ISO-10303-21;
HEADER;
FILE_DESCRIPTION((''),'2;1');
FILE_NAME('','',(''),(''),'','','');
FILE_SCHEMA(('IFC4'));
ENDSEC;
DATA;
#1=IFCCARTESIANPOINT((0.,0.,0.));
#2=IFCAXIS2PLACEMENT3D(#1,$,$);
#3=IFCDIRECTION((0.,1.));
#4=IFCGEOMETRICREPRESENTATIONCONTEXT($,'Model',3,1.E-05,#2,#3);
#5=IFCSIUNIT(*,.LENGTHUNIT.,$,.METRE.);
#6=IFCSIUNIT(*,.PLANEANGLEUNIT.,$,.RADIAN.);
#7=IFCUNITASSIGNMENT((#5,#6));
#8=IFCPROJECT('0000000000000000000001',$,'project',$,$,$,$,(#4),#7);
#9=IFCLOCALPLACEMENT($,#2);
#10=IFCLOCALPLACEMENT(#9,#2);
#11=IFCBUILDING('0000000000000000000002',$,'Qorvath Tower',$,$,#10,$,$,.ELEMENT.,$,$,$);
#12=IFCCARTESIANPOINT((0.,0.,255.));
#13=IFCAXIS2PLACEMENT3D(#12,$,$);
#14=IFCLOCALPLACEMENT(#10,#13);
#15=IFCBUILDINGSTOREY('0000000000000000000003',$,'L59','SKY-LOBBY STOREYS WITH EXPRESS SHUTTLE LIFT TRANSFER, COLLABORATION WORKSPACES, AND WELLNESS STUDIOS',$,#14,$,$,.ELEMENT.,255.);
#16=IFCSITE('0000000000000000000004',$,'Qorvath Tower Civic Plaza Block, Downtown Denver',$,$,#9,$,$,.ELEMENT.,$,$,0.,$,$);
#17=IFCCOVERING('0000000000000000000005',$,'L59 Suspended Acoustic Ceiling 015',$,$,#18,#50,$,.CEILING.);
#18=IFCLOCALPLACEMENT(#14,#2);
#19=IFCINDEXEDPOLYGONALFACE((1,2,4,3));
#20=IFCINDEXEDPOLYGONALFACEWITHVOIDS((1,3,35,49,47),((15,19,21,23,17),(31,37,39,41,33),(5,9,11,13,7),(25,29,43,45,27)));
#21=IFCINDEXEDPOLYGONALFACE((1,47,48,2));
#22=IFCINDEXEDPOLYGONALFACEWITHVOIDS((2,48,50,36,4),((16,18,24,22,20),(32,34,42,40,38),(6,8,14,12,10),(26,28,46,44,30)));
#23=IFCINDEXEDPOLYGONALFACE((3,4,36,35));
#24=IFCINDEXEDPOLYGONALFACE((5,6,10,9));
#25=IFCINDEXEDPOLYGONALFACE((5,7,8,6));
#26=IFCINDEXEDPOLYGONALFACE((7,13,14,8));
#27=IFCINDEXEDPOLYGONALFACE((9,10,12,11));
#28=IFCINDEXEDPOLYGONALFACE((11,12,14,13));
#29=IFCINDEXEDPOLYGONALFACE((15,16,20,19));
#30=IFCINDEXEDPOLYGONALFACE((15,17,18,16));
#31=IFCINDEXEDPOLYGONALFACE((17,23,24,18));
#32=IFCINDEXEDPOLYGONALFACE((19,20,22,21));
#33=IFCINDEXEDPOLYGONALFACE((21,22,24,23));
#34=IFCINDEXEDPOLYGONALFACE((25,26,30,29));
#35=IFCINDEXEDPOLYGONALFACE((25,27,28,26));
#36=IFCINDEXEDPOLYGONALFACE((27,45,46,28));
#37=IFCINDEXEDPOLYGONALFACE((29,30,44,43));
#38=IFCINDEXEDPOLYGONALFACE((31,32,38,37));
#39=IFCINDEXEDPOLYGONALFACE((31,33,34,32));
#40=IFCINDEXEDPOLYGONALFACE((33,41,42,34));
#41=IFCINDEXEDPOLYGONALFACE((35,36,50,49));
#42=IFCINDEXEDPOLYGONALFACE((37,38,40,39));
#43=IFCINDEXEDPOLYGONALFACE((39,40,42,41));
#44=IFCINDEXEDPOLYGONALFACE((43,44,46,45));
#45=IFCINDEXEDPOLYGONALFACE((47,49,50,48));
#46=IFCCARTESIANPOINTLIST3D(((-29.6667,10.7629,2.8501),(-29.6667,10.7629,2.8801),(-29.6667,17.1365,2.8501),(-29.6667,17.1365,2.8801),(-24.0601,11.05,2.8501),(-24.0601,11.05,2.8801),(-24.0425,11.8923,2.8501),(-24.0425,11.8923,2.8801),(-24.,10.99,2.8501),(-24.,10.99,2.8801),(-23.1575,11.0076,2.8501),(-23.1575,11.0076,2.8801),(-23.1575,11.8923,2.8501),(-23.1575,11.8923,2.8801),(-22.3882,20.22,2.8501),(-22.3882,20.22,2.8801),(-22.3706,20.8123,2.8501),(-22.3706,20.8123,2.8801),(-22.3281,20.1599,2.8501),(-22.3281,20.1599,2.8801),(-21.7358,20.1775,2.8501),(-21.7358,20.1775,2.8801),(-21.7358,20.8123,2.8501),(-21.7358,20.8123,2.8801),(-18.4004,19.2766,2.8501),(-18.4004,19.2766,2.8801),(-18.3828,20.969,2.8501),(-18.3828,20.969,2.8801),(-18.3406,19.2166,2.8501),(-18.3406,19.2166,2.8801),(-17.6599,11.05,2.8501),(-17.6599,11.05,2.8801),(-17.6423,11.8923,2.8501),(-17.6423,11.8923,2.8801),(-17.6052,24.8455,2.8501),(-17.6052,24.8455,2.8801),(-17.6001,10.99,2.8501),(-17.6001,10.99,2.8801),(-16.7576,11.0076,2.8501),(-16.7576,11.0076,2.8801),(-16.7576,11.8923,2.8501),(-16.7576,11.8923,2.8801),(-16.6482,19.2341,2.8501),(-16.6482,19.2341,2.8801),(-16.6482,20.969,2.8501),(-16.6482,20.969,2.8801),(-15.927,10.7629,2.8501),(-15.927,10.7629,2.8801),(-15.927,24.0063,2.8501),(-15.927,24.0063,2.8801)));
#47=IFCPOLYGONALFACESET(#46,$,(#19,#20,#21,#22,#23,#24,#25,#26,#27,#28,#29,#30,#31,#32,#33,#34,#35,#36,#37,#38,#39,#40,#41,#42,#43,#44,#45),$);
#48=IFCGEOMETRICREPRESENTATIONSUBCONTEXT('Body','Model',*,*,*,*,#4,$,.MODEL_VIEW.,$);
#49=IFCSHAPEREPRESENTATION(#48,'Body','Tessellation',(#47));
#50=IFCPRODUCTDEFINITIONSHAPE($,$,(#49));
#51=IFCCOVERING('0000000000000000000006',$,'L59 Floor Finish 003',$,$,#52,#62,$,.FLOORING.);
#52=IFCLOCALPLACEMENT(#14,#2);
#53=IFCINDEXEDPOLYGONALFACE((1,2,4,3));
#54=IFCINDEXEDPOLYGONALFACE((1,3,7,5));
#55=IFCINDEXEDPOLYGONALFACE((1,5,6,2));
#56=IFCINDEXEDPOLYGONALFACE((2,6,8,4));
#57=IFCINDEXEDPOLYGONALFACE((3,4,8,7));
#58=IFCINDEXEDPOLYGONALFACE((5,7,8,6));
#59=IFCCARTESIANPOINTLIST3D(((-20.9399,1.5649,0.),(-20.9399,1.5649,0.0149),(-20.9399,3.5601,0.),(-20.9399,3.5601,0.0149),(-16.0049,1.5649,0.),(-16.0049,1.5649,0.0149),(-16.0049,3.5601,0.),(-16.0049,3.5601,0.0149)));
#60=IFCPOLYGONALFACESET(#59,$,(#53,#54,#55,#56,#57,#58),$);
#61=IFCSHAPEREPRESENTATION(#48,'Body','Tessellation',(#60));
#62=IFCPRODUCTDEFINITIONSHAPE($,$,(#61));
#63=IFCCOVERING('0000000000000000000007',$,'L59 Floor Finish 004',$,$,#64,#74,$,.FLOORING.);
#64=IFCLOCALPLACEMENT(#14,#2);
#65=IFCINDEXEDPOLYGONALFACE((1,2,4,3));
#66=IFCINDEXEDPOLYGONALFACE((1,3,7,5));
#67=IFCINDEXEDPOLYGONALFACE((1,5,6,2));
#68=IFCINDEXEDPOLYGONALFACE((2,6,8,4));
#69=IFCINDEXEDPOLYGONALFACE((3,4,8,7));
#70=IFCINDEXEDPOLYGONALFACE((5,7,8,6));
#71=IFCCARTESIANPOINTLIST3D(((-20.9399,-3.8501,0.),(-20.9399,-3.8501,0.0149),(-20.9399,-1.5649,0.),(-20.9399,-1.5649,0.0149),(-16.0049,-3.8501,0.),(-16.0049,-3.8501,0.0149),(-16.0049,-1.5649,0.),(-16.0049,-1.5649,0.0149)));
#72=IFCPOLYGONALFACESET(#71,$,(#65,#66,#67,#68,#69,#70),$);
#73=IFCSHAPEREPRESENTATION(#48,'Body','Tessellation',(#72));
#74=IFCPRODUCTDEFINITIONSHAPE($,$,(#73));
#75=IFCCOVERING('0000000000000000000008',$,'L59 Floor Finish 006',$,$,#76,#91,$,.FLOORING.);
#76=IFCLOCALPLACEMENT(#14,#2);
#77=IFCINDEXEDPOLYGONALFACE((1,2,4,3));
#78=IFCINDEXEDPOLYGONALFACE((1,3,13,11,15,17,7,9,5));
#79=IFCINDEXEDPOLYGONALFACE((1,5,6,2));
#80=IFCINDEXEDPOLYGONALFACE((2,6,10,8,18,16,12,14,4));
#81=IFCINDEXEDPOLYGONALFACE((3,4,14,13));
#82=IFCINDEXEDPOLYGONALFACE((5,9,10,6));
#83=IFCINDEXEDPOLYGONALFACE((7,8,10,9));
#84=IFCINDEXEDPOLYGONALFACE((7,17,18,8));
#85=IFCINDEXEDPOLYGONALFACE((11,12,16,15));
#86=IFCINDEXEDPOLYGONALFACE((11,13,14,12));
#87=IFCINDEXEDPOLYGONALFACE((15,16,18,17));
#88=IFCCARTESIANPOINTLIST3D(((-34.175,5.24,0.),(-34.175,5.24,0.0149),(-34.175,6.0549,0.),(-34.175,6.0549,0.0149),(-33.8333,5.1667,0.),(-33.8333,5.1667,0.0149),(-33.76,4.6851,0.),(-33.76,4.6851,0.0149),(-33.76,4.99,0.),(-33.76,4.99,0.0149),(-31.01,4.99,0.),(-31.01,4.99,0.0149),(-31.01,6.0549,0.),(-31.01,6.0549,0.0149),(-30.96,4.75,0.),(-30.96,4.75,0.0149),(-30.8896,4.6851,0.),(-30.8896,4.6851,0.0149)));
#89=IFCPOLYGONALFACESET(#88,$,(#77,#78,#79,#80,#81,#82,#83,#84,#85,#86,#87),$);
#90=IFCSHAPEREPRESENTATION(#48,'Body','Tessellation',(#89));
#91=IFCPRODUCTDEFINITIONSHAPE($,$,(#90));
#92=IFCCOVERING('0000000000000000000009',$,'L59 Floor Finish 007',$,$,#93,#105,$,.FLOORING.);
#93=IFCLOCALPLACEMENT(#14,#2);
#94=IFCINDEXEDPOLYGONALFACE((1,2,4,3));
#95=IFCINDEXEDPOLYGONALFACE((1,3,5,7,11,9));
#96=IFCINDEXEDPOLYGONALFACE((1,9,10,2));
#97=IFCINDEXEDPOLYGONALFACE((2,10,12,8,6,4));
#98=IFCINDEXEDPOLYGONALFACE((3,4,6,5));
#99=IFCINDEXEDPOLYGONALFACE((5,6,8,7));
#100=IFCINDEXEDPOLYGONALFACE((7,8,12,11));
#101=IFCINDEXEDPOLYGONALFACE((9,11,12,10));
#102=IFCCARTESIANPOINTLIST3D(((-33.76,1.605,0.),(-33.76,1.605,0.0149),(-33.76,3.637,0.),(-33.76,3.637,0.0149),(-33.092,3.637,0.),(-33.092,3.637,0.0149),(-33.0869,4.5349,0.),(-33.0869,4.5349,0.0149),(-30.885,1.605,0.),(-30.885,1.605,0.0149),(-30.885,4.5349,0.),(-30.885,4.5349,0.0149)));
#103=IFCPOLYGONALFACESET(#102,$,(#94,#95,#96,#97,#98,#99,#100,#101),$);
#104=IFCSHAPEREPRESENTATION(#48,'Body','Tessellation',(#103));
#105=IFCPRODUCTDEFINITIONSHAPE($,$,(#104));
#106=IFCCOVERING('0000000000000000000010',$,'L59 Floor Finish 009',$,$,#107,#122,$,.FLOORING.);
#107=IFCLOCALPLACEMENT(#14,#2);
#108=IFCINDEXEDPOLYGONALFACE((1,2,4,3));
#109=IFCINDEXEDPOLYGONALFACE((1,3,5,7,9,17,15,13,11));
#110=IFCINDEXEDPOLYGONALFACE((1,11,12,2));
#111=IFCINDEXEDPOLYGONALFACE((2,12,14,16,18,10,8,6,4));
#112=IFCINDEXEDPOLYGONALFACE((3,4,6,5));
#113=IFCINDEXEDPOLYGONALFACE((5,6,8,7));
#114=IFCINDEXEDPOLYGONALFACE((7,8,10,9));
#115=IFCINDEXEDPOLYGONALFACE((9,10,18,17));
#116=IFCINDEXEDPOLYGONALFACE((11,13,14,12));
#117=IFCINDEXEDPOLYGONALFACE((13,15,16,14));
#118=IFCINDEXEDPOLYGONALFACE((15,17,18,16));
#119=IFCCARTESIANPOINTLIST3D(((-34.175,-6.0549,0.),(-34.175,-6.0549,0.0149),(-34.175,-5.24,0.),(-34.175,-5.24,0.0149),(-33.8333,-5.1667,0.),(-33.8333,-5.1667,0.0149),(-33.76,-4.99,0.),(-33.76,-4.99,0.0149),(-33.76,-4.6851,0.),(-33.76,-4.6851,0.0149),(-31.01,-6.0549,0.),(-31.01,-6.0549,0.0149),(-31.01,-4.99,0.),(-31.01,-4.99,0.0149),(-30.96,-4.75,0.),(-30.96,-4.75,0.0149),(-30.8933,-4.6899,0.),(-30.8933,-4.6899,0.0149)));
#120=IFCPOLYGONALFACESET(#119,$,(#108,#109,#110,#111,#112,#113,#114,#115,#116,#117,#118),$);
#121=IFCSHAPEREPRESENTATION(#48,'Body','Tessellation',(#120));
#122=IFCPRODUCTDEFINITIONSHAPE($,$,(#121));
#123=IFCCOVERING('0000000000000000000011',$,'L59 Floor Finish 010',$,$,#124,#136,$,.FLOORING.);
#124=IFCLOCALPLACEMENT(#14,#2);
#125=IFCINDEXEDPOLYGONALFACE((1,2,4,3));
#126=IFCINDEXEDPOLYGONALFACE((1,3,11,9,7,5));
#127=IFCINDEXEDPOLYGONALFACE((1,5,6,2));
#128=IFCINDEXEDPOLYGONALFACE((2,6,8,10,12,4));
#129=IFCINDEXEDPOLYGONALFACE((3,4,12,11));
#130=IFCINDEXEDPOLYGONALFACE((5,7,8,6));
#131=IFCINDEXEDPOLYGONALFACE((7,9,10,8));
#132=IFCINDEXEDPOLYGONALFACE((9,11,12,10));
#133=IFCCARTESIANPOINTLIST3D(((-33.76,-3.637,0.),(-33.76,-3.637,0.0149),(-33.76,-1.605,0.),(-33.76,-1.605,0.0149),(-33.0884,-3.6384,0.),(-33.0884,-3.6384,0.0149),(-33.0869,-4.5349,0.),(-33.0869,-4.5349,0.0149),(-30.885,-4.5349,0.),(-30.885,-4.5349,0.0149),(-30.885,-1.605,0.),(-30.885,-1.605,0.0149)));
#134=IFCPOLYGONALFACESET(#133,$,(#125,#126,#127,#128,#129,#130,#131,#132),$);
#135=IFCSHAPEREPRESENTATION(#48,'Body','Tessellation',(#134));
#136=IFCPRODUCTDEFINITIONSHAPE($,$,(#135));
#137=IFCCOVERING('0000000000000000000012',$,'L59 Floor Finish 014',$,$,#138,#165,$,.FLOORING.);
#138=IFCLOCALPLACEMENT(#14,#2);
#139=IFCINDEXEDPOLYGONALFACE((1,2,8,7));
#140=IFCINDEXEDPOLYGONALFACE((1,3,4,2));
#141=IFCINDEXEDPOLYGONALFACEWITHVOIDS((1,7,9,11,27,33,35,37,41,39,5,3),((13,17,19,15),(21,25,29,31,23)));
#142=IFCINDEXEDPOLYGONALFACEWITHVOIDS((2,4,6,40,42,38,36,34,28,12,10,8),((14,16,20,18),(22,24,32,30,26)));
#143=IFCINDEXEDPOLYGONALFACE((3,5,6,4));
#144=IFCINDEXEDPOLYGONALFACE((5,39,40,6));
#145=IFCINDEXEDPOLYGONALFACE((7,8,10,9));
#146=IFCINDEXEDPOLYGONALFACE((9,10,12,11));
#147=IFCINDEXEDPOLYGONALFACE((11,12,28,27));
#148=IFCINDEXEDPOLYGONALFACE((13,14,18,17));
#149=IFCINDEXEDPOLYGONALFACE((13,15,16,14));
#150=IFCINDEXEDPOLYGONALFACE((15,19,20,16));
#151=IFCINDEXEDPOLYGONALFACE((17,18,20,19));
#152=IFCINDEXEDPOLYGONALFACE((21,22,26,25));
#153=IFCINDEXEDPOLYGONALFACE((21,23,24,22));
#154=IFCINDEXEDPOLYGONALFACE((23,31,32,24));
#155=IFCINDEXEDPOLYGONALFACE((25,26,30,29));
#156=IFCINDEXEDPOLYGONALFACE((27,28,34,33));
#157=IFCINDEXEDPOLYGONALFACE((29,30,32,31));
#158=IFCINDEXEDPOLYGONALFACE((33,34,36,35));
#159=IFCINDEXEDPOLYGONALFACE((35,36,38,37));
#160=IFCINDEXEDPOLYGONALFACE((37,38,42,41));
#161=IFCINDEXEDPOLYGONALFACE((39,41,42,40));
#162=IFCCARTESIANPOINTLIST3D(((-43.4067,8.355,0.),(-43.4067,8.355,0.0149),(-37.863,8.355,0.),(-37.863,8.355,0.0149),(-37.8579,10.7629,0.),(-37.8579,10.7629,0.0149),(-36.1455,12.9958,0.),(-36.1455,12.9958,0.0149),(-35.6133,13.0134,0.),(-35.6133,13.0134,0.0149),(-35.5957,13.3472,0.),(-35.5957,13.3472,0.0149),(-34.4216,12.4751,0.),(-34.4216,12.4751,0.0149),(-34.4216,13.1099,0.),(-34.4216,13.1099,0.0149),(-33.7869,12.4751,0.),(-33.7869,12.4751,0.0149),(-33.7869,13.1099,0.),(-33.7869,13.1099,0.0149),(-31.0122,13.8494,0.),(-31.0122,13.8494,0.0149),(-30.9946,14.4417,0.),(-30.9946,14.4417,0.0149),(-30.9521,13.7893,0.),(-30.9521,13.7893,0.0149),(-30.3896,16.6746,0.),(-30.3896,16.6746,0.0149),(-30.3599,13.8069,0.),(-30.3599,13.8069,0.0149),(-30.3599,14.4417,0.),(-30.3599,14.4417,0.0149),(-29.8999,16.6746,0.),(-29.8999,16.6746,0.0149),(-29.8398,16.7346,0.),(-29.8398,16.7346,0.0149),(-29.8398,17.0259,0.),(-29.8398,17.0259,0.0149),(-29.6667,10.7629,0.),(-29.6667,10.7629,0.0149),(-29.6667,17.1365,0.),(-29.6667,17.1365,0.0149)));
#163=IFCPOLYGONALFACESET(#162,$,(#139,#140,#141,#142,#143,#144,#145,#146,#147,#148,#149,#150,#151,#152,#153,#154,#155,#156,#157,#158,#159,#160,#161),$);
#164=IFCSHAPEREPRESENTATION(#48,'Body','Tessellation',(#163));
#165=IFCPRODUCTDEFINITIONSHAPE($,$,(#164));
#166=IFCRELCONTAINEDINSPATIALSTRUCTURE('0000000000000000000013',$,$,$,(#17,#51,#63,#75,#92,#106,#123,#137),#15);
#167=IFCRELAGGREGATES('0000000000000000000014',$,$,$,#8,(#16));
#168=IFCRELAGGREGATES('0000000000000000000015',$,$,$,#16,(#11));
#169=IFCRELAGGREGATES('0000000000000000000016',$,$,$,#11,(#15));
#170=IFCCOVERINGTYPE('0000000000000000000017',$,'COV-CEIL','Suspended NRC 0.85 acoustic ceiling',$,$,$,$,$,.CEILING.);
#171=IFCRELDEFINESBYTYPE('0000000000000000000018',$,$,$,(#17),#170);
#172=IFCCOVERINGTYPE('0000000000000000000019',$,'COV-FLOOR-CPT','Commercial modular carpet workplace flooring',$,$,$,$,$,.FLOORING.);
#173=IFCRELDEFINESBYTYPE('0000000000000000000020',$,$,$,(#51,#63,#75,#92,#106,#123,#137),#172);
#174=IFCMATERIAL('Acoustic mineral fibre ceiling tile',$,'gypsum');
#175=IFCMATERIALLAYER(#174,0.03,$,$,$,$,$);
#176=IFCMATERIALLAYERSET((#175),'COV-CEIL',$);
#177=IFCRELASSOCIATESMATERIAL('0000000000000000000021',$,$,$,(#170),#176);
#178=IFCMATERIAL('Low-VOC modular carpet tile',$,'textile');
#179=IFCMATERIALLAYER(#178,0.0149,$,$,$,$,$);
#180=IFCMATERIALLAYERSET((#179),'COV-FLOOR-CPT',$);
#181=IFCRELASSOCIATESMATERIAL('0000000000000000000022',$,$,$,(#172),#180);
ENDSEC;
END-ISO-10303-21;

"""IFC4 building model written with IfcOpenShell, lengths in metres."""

from ifc_helpers import new_model, si_unit, direction, frame, origin, place, context, subcontext, project, spatial, polyline, outline, extrude, material, layer, layer_set, type_object, element, save


model = new_model("IFC4")

# Units and contexts
model_context = context("Model", 3, precision=1e-05, world=origin(), true_north=direction((0.0, 1.0)))
body_context = subcontext(model_context, "Body", "Model", "MODEL_VIEW")
ifc_project = project(units=[si_unit("LENGTHUNIT", "METRE"), si_unit("PLANEANGLEUNIT", "RADIAN")], contexts=[model_context])

# Site, building, storey
site_placement = place(None, origin())
site = spatial("IfcSite", under=ifc_project, at=site_placement, Name="Qorvath Tower Civic Plaza Block, Downtown Denver", CompositionType="ELEMENT", RefElevation=0.0)
building_placement = place(site_placement, origin())
building = spatial("IfcBuilding", under=site, at=building_placement, Name="Qorvath Tower", CompositionType="ELEMENT")
storey_placement = place(building_placement, frame((0.0, 0.0, 255.0)))
storey = spatial("IfcBuildingStorey", under=building, at=storey_placement, Name="L59", Description="SKY-LOBBY STOREYS WITH EXPRESS SHUTTLE LIFT TRANSFER, COLLABORATION WORKSPACES, AND WELLNESS STUDIOS", CompositionType="ELEMENT", Elevation=255.0)

# Coverings
ifc_material_1 = material(Name="Acoustic mineral fibre ceiling tile", Category="gypsum")
ifc_layer_1 = layer(ifc_material_1, 0.03)
ifc_layer_set_1 = layer_set([ifc_layer_1], Name="COV-CEIL")
covering_type_1 = type_object("IfcCoveringType", Name="COV-CEIL", Description="Suspended NRC 0.85 acoustic ceiling", PredefinedType="CEILING", material=ifc_layer_set_1)
covering_1_placement = place(storey_placement, frame((0.0, 0.0, 2.8501)))
element("IfcCovering", 1, at=covering_1_placement, inside=storey, type_object=covering_type_1, Name="L59 Suspended Acoustic Ceiling 015", PredefinedType="CEILING", context=body_context, shape_type="SweptSolid", body=[
    extrude(outline(polyline([(-29.6667, 17.1365), (-29.6667, 10.7629), (-15.927, 10.7629), (-15.927, 24.0063), (-17.6052, 24.8455), (-29.6667, 17.1365)]), holes=[polyline([(-18.4004, 19.2766), (-18.3828, 20.969), (-16.6482, 20.969), (-16.6482, 19.2341), (-18.3406, 19.2166), (-18.4004, 19.2766)]), polyline([(-17.6599, 11.05), (-17.6423, 11.8923), (-16.7576, 11.8923), (-16.7576, 11.0076), (-17.6001, 10.99), (-17.6599, 11.05)]), polyline([(-22.3882, 20.22), (-22.3706, 20.8123), (-21.7358, 20.8123), (-21.7358, 20.1775), (-22.3281, 20.1599), (-22.3882, 20.22)]), polyline([(-24.0601, 11.05), (-24.0425, 11.8923), (-23.1575, 11.8923), (-23.1575, 11.0076), (-24.0, 10.99), (-24.0601, 11.05)])]), origin(), (0.0, 0.0, 1.0), 0.03),
])
ifc_material_2 = material(Name="Low-VOC modular carpet tile", Category="textile")
ifc_layer_2 = layer(ifc_material_2, 0.0149)
ifc_layer_set_2 = layer_set([ifc_layer_2], Name="COV-FLOOR-CPT")
covering_type_2 = type_object("IfcCoveringType", Name="COV-FLOOR-CPT", Description="Commercial modular carpet workplace flooring", PredefinedType="FLOORING", material=ifc_layer_set_2)
covering_2_placement = place(storey_placement, origin())
element("IfcCovering", 2, at=covering_2_placement, inside=storey, type_object=covering_type_2, Name="L59 Floor Finish 003", PredefinedType="FLOORING", context=body_context, shape_type="SweptSolid", body=[
    extrude(outline(polyline([(-16.0049, 3.5601), (-20.9399, 3.5601), (-20.9399, 1.5649), (-16.0049, 1.5649), (-16.0049, 3.5601)])), origin(), (0.0, 0.0, 1.0), 0.0149),
])
covering_3_placement = place(storey_placement, origin())
element("IfcCovering", 3, at=covering_3_placement, inside=storey, type_object=covering_type_2, Name="L59 Floor Finish 004", PredefinedType="FLOORING", context=body_context, shape_type="SweptSolid", body=[
    extrude(outline(polyline([(-20.9399, -1.5649), (-20.9399, -3.8501), (-16.0049, -3.8501), (-16.0049, -1.5649), (-20.9399, -1.5649)])), origin(), (0.0, 0.0, 1.0), 0.0149),
])
covering_4_placement = place(storey_placement, origin())
element("IfcCovering", 4, at=covering_4_placement, inside=storey, type_object=covering_type_2, Name="L59 Floor Finish 006", PredefinedType="FLOORING", context=body_context, shape_type="SweptSolid", body=[
    extrude(outline(polyline([(-31.01, 4.99), (-31.01, 6.0549), (-34.175, 6.0549), (-34.175, 5.24), (-33.8333, 5.1667), (-33.76, 4.99), (-33.76, 4.6851), (-30.8896, 4.6851), (-30.96, 4.75), (-31.01, 4.99)])), origin(), (0.0, 0.0, 1.0), 0.0149),
])
covering_5_placement = place(storey_placement, origin())
element("IfcCovering", 5, at=covering_5_placement, inside=storey, type_object=covering_type_2, Name="L59 Floor Finish 007", PredefinedType="FLOORING", context=body_context, shape_type="SweptSolid", body=[
    extrude(outline(polyline([(-33.76, 3.637), (-33.76, 1.605), (-30.885, 1.605), (-30.885, 4.5349), (-33.0869, 4.5349), (-33.092, 3.637), (-33.76, 3.637)])), origin(), (0.0, 0.0, 1.0), 0.0149),
])
covering_6_placement = place(storey_placement, origin())
element("IfcCovering", 6, at=covering_6_placement, inside=storey, type_object=covering_type_2, Name="L59 Floor Finish 009", PredefinedType="FLOORING", context=body_context, shape_type="SweptSolid", body=[
    extrude(outline(polyline([(-33.76, -4.6851), (-33.76, -4.99), (-33.8333, -5.1667), (-34.175, -5.24), (-34.175, -6.0549), (-31.01, -6.0549), (-31.01, -4.99), (-30.96, -4.75), (-30.8933, -4.6899), (-33.76, -4.6851)])), origin(), (0.0, 0.0, 1.0), 0.0149),
])
covering_7_placement = place(storey_placement, origin())
element("IfcCovering", 7, at=covering_7_placement, inside=storey, type_object=covering_type_2, Name="L59 Floor Finish 010", PredefinedType="FLOORING", context=body_context, shape_type="SweptSolid", body=[
    extrude(outline(polyline([(-30.885, -4.5349), (-30.885, -1.605), (-33.76, -1.605), (-33.76, -3.637), (-33.0884, -3.6384), (-33.0869, -4.5349), (-30.885, -4.5349)])), origin(), (0.0, 0.0, 1.0), 0.0149),
])
covering_8_placement = place(storey_placement, origin())
element("IfcCovering", 8, at=covering_8_placement, inside=storey, type_object=covering_type_2, Name="L59 Floor Finish 014", PredefinedType="FLOORING", context=body_context, shape_type="SweptSolid", body=[
    extrude(outline(polyline([(-29.8999, 16.6746), (-30.3896, 16.6746), (-35.5957, 13.3472), (-35.6133, 13.0134), (-36.1455, 12.9958), (-43.4067, 8.355), (-37.863, 8.355), (-37.8579, 10.7629), (-29.6667, 10.7629), (-29.6667, 17.1365), (-29.8398, 17.0259), (-29.8398, 16.7346), (-29.8999, 16.6746)]), holes=[polyline([(-31.0122, 13.8494), (-30.9946, 14.4417), (-30.3599, 14.4417), (-30.3599, 13.8069), (-30.9521, 13.7893), (-31.0122, 13.8494)]), polyline([(-34.4216, 12.4751), (-34.4216, 13.1099), (-33.7869, 13.1099), (-33.7869, 12.4751), (-34.4216, 12.4751)])]), origin(), (0.0, 0.0, 1.0), 0.0149),
])

save(model, "model.ifc")
